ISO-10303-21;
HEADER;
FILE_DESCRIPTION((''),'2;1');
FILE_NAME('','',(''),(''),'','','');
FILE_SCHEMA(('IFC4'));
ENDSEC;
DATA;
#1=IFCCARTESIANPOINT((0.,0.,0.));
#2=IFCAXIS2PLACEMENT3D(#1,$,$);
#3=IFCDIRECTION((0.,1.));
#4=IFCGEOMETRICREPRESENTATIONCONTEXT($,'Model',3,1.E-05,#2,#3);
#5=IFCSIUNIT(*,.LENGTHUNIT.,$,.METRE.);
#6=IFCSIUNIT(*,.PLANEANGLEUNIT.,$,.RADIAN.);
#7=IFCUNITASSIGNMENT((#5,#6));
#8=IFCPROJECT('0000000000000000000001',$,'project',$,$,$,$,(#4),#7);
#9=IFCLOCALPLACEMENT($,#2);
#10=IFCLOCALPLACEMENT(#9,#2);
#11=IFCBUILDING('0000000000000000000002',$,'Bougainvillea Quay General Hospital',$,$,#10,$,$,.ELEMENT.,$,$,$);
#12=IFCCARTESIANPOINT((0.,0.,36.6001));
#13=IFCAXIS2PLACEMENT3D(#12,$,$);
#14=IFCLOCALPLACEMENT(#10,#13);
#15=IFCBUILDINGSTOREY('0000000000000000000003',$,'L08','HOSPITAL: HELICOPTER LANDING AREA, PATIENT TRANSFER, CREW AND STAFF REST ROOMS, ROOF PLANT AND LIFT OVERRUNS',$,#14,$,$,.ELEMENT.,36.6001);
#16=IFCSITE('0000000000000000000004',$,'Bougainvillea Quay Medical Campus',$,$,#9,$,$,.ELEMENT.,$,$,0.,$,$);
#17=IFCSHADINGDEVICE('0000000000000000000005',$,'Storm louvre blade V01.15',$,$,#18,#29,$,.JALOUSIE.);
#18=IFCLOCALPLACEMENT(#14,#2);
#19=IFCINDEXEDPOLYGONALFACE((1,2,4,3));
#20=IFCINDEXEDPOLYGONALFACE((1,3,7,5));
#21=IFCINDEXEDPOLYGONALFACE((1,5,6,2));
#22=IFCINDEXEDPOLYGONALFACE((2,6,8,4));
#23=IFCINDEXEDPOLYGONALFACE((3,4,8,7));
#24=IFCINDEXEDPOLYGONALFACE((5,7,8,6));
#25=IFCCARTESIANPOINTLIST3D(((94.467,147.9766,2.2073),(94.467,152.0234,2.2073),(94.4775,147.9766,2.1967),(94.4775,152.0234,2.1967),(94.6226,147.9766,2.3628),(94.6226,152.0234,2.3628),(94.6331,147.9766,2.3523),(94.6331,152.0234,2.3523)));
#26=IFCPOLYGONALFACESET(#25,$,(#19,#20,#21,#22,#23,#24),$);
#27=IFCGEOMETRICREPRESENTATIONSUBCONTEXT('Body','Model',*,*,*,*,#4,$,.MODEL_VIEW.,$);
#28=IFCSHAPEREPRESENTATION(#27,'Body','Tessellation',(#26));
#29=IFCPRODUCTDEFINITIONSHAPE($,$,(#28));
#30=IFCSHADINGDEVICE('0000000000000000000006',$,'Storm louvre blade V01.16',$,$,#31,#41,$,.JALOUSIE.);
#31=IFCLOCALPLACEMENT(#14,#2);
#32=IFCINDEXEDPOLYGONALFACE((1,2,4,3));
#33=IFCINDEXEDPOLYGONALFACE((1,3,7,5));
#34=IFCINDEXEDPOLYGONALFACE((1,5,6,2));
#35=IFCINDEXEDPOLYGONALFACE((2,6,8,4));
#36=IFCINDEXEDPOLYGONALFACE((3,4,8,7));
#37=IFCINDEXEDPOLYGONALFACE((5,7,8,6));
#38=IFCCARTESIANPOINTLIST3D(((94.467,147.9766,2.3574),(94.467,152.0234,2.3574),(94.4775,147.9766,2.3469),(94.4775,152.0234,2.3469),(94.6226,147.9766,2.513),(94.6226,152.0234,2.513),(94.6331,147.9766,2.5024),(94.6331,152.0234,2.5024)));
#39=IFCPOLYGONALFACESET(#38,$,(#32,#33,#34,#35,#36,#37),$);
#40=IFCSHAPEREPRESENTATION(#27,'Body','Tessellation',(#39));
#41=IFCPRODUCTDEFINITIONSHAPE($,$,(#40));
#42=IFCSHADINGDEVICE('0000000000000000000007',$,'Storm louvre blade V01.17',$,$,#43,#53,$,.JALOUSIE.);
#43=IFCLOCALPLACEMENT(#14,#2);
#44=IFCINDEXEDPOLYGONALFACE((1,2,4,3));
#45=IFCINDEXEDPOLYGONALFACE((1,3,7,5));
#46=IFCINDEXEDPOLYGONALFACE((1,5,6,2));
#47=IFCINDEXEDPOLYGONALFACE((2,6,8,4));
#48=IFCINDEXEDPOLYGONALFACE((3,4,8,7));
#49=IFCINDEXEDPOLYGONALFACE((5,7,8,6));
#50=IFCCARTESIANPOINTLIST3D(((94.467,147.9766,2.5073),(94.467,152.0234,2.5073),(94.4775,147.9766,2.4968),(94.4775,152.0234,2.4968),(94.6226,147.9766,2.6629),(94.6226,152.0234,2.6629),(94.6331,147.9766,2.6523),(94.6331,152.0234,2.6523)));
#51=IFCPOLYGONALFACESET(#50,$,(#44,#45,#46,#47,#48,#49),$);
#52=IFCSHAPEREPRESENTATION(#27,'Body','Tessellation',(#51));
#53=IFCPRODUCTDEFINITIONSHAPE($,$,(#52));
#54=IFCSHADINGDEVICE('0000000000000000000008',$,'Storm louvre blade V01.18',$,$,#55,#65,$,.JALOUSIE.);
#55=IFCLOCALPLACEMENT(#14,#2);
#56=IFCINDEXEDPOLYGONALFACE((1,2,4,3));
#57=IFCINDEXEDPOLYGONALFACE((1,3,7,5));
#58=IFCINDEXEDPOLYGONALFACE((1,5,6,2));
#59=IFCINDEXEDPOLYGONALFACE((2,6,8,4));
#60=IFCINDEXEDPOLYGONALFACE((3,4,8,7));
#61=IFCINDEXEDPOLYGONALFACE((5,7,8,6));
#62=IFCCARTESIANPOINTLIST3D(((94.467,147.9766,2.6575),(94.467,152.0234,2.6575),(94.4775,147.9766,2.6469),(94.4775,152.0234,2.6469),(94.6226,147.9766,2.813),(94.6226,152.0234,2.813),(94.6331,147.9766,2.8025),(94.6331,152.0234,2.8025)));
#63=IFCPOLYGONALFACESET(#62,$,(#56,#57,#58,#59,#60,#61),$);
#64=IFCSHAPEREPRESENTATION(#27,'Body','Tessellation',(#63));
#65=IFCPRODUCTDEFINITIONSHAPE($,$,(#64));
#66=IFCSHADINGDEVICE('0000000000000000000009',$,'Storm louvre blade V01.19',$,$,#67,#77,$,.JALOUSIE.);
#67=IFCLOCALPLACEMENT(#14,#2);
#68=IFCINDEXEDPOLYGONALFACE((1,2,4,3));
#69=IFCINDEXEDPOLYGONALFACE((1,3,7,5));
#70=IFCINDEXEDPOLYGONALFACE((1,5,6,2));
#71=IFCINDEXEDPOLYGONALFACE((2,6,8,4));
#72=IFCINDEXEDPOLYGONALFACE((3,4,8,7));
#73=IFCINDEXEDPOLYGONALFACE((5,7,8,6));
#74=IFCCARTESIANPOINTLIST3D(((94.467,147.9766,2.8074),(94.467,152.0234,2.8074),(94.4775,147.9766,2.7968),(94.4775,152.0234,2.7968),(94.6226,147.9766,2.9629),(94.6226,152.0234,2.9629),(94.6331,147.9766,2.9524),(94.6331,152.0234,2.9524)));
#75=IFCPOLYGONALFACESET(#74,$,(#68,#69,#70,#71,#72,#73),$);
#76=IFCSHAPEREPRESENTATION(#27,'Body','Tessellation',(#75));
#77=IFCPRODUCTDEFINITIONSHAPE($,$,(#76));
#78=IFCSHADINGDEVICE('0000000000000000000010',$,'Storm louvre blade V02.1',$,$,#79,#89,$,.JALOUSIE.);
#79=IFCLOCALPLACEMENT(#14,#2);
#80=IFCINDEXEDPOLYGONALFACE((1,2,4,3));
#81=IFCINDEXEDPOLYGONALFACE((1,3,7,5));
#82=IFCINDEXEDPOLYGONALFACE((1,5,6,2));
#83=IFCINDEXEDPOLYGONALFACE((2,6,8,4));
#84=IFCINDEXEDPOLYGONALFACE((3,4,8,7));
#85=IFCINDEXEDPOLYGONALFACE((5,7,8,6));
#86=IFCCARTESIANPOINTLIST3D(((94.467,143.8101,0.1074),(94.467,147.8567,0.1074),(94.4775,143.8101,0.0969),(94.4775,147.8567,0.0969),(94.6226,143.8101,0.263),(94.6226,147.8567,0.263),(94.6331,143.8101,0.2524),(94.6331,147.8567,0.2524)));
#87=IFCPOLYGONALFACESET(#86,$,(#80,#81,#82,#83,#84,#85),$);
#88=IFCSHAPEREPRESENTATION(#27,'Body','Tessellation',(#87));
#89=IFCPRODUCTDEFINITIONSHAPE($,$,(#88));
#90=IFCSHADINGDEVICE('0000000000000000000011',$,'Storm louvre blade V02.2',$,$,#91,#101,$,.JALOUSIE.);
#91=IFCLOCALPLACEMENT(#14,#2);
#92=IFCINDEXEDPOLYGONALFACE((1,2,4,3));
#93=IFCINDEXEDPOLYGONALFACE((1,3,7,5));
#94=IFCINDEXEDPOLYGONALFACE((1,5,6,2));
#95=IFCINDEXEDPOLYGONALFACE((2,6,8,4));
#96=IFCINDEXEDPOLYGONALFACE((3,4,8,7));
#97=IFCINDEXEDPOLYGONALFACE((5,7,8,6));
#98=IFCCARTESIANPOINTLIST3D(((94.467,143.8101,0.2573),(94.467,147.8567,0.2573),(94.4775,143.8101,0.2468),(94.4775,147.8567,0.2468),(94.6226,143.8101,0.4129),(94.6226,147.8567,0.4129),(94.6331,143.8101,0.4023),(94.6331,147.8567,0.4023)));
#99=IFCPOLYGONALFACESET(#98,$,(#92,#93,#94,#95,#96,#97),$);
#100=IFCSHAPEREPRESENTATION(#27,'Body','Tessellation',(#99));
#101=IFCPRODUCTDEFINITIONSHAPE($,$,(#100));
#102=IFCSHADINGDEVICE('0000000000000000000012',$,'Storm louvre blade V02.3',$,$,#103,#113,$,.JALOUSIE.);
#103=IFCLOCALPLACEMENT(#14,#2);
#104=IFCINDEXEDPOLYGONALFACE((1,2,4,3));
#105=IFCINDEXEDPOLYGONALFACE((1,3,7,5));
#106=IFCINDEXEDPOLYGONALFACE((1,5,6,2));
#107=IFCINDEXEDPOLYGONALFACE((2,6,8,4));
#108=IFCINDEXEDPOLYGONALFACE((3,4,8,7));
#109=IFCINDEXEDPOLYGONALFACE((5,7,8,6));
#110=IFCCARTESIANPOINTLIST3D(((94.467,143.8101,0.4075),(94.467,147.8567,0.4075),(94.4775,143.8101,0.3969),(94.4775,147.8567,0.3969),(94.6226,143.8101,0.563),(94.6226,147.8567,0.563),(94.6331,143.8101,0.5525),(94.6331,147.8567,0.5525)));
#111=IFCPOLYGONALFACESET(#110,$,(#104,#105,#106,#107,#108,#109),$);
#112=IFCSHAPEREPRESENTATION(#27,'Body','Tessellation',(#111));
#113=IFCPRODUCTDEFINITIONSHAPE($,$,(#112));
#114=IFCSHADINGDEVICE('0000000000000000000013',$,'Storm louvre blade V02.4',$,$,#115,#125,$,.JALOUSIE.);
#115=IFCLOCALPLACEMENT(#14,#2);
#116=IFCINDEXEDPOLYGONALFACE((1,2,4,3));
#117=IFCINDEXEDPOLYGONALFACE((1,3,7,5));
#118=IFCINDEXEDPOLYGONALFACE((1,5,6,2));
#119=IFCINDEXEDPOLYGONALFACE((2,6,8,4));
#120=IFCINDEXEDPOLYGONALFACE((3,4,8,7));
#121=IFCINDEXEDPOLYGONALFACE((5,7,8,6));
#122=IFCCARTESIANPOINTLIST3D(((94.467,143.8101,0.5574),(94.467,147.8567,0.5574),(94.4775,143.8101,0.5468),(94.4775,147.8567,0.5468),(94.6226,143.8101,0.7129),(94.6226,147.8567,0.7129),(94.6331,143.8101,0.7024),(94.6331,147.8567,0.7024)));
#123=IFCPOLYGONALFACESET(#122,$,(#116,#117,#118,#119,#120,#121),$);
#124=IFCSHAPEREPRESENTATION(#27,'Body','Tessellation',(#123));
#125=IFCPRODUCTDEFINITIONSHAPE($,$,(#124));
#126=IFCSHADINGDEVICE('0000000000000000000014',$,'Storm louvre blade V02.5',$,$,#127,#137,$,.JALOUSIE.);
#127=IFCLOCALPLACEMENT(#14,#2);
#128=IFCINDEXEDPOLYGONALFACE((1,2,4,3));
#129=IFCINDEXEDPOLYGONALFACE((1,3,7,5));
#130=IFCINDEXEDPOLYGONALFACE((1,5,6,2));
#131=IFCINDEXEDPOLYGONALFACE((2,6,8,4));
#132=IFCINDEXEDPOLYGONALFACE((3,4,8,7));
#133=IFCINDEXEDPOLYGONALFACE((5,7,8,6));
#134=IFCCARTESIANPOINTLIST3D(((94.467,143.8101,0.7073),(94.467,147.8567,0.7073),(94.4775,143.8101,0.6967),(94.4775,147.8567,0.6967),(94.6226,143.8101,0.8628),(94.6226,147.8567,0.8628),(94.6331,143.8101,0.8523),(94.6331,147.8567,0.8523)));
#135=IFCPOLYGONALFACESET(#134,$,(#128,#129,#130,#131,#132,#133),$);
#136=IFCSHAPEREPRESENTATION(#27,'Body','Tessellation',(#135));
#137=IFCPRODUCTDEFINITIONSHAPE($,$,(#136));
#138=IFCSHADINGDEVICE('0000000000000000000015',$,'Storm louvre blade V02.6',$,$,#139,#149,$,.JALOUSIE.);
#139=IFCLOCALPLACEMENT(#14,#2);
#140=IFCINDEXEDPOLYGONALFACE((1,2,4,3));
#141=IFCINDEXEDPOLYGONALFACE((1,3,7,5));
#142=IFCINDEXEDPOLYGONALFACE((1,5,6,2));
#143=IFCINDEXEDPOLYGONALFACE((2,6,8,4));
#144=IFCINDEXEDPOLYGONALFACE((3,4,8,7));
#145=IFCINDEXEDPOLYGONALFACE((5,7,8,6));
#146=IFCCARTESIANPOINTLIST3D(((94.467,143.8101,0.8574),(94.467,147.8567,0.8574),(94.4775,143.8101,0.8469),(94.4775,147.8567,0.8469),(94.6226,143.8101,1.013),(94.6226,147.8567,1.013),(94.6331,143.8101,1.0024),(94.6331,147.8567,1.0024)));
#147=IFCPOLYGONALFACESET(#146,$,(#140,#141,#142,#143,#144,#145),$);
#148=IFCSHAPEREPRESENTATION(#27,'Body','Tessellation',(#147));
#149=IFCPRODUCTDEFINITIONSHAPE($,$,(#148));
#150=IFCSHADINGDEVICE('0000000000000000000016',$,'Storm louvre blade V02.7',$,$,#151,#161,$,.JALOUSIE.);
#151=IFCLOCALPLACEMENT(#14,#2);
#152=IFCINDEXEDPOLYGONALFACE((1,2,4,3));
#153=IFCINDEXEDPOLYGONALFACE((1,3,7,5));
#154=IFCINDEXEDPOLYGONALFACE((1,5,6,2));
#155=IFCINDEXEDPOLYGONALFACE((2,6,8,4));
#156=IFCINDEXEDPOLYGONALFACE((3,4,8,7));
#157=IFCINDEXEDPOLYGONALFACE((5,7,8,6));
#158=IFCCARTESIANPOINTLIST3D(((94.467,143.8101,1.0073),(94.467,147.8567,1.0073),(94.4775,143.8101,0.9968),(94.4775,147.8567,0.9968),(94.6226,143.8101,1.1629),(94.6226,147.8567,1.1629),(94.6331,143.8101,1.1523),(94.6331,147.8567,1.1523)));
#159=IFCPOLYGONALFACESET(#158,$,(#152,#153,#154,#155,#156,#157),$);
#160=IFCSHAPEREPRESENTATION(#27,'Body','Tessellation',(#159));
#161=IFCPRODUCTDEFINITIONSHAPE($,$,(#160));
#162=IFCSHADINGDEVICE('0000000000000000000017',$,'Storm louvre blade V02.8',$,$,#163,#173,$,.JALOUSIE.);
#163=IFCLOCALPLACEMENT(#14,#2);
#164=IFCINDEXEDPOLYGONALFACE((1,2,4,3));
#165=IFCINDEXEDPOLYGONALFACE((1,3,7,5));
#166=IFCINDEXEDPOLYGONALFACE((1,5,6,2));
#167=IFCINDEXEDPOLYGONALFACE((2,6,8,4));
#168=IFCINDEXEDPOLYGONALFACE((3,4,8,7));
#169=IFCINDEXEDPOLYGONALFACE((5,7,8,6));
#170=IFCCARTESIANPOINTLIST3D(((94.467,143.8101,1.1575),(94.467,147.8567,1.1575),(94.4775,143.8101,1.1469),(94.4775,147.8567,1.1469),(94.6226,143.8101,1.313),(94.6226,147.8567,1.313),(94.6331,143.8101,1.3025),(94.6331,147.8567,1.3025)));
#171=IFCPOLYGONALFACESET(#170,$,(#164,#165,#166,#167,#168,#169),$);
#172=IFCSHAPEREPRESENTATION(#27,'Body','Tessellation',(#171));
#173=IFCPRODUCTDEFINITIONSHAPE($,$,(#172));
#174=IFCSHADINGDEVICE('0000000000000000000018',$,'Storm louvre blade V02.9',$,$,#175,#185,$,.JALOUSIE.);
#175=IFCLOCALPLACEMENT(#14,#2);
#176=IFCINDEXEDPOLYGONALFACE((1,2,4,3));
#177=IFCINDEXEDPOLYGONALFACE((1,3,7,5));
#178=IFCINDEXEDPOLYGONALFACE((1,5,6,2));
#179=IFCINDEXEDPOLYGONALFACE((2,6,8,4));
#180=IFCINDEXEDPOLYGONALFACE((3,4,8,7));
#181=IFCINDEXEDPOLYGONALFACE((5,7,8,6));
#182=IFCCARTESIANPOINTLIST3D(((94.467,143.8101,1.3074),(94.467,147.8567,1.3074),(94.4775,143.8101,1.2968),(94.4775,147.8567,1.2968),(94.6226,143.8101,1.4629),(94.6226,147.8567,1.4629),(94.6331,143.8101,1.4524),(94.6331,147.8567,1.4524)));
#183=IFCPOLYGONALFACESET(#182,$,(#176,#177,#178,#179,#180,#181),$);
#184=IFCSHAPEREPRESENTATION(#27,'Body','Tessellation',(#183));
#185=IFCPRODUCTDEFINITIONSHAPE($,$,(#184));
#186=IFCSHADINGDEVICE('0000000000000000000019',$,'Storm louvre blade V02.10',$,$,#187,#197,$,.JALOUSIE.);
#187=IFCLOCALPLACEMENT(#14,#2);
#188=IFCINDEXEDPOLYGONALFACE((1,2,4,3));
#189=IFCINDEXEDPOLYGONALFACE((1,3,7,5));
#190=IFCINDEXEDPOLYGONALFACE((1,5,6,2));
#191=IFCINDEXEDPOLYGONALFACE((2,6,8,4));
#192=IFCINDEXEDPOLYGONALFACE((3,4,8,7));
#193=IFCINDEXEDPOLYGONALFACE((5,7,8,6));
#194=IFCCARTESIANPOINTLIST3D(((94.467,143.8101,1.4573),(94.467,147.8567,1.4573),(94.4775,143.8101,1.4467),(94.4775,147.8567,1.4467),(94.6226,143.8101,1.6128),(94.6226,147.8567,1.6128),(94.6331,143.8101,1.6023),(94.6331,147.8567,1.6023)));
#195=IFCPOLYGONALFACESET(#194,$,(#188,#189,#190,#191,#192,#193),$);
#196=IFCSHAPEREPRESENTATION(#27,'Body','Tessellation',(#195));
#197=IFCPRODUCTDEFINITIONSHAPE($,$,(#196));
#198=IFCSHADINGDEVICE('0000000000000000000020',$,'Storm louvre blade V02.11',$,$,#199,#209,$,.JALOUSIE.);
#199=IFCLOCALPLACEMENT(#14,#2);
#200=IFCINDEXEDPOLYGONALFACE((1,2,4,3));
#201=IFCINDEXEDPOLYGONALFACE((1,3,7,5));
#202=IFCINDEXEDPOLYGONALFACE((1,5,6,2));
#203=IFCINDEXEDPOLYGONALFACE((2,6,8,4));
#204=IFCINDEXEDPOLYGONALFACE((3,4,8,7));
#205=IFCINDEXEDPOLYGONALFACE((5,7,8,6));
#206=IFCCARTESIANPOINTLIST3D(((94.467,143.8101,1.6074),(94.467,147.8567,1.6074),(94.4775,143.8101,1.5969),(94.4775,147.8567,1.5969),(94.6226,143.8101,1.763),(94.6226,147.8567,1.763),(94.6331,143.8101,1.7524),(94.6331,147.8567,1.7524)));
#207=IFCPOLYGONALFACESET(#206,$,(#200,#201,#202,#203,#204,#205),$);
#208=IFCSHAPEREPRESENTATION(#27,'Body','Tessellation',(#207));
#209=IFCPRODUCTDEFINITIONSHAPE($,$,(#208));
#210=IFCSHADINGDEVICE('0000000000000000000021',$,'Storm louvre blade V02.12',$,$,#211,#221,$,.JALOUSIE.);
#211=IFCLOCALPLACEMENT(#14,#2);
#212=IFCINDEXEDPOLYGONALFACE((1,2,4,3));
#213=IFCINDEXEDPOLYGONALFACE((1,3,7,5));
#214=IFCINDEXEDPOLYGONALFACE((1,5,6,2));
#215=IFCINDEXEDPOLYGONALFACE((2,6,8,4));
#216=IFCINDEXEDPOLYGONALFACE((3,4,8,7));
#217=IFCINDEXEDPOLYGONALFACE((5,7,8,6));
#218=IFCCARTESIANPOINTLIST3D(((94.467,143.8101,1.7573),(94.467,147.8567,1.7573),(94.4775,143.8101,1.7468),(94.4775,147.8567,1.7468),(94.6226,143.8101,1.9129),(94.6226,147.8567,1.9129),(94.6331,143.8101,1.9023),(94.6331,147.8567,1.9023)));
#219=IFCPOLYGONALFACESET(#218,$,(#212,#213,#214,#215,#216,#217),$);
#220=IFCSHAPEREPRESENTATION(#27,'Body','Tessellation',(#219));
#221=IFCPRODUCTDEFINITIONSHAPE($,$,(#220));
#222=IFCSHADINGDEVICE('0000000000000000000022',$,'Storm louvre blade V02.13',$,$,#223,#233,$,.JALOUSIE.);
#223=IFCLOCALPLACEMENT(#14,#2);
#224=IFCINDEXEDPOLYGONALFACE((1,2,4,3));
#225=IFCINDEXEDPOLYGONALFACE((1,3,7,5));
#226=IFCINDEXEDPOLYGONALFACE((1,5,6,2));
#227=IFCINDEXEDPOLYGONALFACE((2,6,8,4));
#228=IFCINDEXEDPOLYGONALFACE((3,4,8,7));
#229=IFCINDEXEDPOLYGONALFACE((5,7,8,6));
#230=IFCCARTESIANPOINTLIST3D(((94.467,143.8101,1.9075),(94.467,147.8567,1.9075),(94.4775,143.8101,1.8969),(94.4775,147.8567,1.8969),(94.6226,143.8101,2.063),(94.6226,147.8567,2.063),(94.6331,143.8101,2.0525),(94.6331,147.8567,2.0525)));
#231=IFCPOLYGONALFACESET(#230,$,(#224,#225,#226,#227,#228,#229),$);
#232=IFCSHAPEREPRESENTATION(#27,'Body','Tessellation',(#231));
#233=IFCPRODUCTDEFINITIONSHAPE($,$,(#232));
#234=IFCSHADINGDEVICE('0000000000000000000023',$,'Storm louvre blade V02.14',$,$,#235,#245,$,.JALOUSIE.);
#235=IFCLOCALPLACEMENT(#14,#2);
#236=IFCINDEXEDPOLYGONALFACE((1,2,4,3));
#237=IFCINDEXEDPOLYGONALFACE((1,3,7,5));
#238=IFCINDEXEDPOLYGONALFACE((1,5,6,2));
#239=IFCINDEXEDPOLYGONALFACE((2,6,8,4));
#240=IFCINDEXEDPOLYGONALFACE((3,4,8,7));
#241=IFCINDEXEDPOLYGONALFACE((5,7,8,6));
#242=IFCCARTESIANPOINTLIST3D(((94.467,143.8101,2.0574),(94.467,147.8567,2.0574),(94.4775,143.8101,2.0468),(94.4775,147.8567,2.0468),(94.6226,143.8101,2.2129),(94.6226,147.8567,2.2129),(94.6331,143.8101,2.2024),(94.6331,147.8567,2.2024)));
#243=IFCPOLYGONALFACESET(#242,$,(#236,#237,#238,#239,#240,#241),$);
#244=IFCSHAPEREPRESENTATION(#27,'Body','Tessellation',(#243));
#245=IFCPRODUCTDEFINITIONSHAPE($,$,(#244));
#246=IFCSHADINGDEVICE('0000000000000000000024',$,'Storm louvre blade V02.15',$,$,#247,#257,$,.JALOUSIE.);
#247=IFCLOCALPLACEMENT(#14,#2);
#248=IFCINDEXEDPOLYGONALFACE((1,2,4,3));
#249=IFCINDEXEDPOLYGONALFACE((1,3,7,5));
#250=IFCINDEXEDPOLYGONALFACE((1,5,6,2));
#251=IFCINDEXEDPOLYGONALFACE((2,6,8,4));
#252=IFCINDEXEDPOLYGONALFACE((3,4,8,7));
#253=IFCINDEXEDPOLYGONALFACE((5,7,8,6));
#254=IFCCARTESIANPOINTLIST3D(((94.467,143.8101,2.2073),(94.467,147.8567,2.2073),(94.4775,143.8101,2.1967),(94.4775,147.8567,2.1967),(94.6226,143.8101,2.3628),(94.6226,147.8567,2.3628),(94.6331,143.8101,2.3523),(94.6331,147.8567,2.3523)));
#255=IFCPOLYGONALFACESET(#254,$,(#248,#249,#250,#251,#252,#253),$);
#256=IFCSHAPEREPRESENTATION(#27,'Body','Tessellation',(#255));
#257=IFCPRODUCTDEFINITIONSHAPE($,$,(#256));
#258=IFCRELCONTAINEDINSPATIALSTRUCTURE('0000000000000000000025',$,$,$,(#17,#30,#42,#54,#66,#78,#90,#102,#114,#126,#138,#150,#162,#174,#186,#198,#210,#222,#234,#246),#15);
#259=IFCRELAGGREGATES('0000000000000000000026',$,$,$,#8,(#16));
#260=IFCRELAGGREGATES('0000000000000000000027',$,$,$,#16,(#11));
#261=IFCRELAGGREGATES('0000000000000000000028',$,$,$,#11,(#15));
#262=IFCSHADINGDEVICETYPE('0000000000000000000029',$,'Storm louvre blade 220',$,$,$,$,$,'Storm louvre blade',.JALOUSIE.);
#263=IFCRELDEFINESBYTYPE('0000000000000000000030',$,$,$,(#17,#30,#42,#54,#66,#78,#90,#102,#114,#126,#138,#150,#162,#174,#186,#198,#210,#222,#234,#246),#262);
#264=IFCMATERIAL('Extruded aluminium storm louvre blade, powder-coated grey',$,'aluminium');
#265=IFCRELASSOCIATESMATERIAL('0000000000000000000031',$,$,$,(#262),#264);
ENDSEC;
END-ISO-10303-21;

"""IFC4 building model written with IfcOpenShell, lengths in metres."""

from ifc_helpers import new_model, si_unit, direction, frame, origin, origin_2d, place, context, subcontext, project, spatial, rectangle, extrude, material, material_profile, profile_set, type_object, element, save


model = new_model("IFC4")

# Units and contexts
model_context = context("Model", 3, precision=1e-05, world=origin(), true_north=direction((0.0, 1.0)))
body_context = subcontext(model_context, "Body", "Model", "MODEL_VIEW")
ifc_project = project(units=[si_unit("LENGTHUNIT", "METRE"), si_unit("PLANEANGLEUNIT", "RADIAN")], contexts=[model_context])

# Site, building, storey
site_placement = place(None, origin())
site = spatial("IfcSite", under=ifc_project, at=site_placement, Name="Bougainvillea Quay Medical Campus", CompositionType="ELEMENT", RefElevation=0.0)
building_placement = place(site_placement, origin())
building = spatial("IfcBuilding", under=site, at=building_placement, Name="Bougainvillea Quay General Hospital", CompositionType="ELEMENT")
storey_placement = place(building_placement, frame((0.0, 0.0, 36.6001)))
storey = spatial("IfcBuildingStorey", under=building, at=storey_placement, Name="L08", Description="HOSPITAL: HELICOPTER LANDING AREA, PATIENT TRANSFER, CREW AND STAFF REST ROOMS, ROOF PLANT AND LIFT OVERRUNS", CompositionType="ELEMENT", Elevation=36.6001)

# Shading devices
ifc_material_1 = material(Name="Extruded aluminium storm louvre blade, powder-coated grey", Category="aluminium")
ifc_material_profile_1 = material_profile(ifc_material_1, rectangle(XDim=0.22, YDim=0.0149, at=origin_2d()))
ifc_profile_set_1 = profile_set([ifc_material_profile_1], Name="Extruded aluminium storm louvre blade, powder-coated grey")
shading_device_type_1 = type_object("IfcShadingDeviceType", Name="Storm louvre blade 220", ElementType="Storm louvre blade", PredefinedType="JALOUSIE", material=ifc_profile_set_1)
for number, where, z_axis, x_axis, name in (
    (1, (94.55, 152.0234, 2.2798), (0.0, -1.0, 0.0), (0.707107, 0.0, 0.707107), "Storm louvre blade V01.15"),
    (2, (94.55, 152.0234, 2.4299), (0.0, -1.0, 0.0), (0.707107, 0.0, 0.707107), "Storm louvre blade V01.16"),
    (3, (94.55, 152.0234, 2.5798), (0.0, -1.0, 0.0), (0.707107, 0.0, 0.707107), "Storm louvre blade V01.17"),
    (4, (94.55, 152.0234, 2.73), (0.0, -1.0, 0.0), (0.707107, 0.0, 0.707107), "Storm louvre blade V01.18"),
    (5, (94.55, 152.0234, 2.8799), (0.0, -1.0, 0.0), (0.707107, 0.0, 0.707107), "Storm louvre blade V01.19"),
):
    element("IfcShadingDevice", number, at=place(storey_placement, frame(where, z_axis=z_axis, x_axis=x_axis)), inside=storey, type_object=shading_device_type_1, Name=name, PredefinedType="JALOUSIE", context=body_context, shape_type="SweptSolid", body=[
        extrude(rectangle(XDim=0.22, YDim=0.0149, at=origin_2d()), origin(), (0.0, 0.0, 1.0), 4.0469),
    ])
for number, where, z_axis, x_axis, name in (
    (6, (94.55, 147.8567, 0.1799), (0.0, -1.0, 0.0), (0.707107, 0.0, 0.707107), "Storm louvre blade V02.1"),
    (7, (94.55, 147.8567, 0.3298), (0.0, -1.0, 0.0), (0.707107, 0.0, 0.707107), "Storm louvre blade V02.2"),
    (8, (94.55, 147.8567, 0.48), (0.0, -1.0, 0.0), (0.707107, 0.0, 0.707107), "Storm louvre blade V02.3"),
    (9, (94.55, 147.8567, 0.6299), (0.0, -1.0, 0.0), (0.707107, 0.0, 0.707107), "Storm louvre blade V02.4"),
    (10, (94.55, 147.8567, 0.7798), (0.0, -1.0, 0.0), (0.707107, 0.0, 0.707107), "Storm louvre blade V02.5"),
    (11, (94.55, 147.8567, 0.9299), (0.0, -1.0, 0.0), (0.707107, 0.0, 0.707107), "Storm louvre blade V02.6"),
    (12, (94.55, 147.8567, 1.0798), (0.0, -1.0, 0.0), (0.707107, 0.0, 0.707107), "Storm louvre blade V02.7"),
    (13, (94.55, 147.8567, 1.23), (0.0, -1.0, 0.0), (0.707107, 0.0, 0.707107), "Storm louvre blade V02.8"),
    (14, (94.55, 147.8567, 1.3799), (0.0, -1.0, 0.0), (0.707107, 0.0, 0.707107), "Storm louvre blade V02.9"),
    (15, (94.55, 147.8567, 1.5298), (0.0, -1.0, 0.0), (0.707107, 0.0, 0.707107), "Storm louvre blade V02.10"),
    (16, (94.55, 147.8567, 1.6799), (0.0, -1.0, 0.0), (0.707107, 0.0, 0.707107), "Storm louvre blade V02.11"),
    (17, (94.55, 147.8567, 1.8298), (0.0, -1.0, 0.0), (0.707107, 0.0, 0.707107), "Storm louvre blade V02.12"),
    (18, (94.55, 147.8567, 1.98), (0.0, -1.0, 0.0), (0.707107, 0.0, 0.707107), "Storm louvre blade V02.13"),
    (19, (94.55, 147.8567, 2.1299), (0.0, -1.0, 0.0), (0.707107, 0.0, 0.707107), "Storm louvre blade V02.14"),
    (20, (94.55, 147.8567, 2.2798), (0.0, -1.0, 0.0), (0.707107, 0.0, 0.707107), "Storm louvre blade V02.15"),
):
    element("IfcShadingDevice", number, at=place(storey_placement, frame(where, z_axis=z_axis, x_axis=x_axis)), inside=storey, type_object=shading_device_type_1, Name=name, PredefinedType="JALOUSIE", context=body_context, shape_type="SweptSolid", body=[
        extrude(rectangle(XDim=0.22, YDim=0.0149, at=origin_2d()), origin(), (0.0, 0.0, 1.0), 4.0466),
    ])

save(model, "model.ifc")
